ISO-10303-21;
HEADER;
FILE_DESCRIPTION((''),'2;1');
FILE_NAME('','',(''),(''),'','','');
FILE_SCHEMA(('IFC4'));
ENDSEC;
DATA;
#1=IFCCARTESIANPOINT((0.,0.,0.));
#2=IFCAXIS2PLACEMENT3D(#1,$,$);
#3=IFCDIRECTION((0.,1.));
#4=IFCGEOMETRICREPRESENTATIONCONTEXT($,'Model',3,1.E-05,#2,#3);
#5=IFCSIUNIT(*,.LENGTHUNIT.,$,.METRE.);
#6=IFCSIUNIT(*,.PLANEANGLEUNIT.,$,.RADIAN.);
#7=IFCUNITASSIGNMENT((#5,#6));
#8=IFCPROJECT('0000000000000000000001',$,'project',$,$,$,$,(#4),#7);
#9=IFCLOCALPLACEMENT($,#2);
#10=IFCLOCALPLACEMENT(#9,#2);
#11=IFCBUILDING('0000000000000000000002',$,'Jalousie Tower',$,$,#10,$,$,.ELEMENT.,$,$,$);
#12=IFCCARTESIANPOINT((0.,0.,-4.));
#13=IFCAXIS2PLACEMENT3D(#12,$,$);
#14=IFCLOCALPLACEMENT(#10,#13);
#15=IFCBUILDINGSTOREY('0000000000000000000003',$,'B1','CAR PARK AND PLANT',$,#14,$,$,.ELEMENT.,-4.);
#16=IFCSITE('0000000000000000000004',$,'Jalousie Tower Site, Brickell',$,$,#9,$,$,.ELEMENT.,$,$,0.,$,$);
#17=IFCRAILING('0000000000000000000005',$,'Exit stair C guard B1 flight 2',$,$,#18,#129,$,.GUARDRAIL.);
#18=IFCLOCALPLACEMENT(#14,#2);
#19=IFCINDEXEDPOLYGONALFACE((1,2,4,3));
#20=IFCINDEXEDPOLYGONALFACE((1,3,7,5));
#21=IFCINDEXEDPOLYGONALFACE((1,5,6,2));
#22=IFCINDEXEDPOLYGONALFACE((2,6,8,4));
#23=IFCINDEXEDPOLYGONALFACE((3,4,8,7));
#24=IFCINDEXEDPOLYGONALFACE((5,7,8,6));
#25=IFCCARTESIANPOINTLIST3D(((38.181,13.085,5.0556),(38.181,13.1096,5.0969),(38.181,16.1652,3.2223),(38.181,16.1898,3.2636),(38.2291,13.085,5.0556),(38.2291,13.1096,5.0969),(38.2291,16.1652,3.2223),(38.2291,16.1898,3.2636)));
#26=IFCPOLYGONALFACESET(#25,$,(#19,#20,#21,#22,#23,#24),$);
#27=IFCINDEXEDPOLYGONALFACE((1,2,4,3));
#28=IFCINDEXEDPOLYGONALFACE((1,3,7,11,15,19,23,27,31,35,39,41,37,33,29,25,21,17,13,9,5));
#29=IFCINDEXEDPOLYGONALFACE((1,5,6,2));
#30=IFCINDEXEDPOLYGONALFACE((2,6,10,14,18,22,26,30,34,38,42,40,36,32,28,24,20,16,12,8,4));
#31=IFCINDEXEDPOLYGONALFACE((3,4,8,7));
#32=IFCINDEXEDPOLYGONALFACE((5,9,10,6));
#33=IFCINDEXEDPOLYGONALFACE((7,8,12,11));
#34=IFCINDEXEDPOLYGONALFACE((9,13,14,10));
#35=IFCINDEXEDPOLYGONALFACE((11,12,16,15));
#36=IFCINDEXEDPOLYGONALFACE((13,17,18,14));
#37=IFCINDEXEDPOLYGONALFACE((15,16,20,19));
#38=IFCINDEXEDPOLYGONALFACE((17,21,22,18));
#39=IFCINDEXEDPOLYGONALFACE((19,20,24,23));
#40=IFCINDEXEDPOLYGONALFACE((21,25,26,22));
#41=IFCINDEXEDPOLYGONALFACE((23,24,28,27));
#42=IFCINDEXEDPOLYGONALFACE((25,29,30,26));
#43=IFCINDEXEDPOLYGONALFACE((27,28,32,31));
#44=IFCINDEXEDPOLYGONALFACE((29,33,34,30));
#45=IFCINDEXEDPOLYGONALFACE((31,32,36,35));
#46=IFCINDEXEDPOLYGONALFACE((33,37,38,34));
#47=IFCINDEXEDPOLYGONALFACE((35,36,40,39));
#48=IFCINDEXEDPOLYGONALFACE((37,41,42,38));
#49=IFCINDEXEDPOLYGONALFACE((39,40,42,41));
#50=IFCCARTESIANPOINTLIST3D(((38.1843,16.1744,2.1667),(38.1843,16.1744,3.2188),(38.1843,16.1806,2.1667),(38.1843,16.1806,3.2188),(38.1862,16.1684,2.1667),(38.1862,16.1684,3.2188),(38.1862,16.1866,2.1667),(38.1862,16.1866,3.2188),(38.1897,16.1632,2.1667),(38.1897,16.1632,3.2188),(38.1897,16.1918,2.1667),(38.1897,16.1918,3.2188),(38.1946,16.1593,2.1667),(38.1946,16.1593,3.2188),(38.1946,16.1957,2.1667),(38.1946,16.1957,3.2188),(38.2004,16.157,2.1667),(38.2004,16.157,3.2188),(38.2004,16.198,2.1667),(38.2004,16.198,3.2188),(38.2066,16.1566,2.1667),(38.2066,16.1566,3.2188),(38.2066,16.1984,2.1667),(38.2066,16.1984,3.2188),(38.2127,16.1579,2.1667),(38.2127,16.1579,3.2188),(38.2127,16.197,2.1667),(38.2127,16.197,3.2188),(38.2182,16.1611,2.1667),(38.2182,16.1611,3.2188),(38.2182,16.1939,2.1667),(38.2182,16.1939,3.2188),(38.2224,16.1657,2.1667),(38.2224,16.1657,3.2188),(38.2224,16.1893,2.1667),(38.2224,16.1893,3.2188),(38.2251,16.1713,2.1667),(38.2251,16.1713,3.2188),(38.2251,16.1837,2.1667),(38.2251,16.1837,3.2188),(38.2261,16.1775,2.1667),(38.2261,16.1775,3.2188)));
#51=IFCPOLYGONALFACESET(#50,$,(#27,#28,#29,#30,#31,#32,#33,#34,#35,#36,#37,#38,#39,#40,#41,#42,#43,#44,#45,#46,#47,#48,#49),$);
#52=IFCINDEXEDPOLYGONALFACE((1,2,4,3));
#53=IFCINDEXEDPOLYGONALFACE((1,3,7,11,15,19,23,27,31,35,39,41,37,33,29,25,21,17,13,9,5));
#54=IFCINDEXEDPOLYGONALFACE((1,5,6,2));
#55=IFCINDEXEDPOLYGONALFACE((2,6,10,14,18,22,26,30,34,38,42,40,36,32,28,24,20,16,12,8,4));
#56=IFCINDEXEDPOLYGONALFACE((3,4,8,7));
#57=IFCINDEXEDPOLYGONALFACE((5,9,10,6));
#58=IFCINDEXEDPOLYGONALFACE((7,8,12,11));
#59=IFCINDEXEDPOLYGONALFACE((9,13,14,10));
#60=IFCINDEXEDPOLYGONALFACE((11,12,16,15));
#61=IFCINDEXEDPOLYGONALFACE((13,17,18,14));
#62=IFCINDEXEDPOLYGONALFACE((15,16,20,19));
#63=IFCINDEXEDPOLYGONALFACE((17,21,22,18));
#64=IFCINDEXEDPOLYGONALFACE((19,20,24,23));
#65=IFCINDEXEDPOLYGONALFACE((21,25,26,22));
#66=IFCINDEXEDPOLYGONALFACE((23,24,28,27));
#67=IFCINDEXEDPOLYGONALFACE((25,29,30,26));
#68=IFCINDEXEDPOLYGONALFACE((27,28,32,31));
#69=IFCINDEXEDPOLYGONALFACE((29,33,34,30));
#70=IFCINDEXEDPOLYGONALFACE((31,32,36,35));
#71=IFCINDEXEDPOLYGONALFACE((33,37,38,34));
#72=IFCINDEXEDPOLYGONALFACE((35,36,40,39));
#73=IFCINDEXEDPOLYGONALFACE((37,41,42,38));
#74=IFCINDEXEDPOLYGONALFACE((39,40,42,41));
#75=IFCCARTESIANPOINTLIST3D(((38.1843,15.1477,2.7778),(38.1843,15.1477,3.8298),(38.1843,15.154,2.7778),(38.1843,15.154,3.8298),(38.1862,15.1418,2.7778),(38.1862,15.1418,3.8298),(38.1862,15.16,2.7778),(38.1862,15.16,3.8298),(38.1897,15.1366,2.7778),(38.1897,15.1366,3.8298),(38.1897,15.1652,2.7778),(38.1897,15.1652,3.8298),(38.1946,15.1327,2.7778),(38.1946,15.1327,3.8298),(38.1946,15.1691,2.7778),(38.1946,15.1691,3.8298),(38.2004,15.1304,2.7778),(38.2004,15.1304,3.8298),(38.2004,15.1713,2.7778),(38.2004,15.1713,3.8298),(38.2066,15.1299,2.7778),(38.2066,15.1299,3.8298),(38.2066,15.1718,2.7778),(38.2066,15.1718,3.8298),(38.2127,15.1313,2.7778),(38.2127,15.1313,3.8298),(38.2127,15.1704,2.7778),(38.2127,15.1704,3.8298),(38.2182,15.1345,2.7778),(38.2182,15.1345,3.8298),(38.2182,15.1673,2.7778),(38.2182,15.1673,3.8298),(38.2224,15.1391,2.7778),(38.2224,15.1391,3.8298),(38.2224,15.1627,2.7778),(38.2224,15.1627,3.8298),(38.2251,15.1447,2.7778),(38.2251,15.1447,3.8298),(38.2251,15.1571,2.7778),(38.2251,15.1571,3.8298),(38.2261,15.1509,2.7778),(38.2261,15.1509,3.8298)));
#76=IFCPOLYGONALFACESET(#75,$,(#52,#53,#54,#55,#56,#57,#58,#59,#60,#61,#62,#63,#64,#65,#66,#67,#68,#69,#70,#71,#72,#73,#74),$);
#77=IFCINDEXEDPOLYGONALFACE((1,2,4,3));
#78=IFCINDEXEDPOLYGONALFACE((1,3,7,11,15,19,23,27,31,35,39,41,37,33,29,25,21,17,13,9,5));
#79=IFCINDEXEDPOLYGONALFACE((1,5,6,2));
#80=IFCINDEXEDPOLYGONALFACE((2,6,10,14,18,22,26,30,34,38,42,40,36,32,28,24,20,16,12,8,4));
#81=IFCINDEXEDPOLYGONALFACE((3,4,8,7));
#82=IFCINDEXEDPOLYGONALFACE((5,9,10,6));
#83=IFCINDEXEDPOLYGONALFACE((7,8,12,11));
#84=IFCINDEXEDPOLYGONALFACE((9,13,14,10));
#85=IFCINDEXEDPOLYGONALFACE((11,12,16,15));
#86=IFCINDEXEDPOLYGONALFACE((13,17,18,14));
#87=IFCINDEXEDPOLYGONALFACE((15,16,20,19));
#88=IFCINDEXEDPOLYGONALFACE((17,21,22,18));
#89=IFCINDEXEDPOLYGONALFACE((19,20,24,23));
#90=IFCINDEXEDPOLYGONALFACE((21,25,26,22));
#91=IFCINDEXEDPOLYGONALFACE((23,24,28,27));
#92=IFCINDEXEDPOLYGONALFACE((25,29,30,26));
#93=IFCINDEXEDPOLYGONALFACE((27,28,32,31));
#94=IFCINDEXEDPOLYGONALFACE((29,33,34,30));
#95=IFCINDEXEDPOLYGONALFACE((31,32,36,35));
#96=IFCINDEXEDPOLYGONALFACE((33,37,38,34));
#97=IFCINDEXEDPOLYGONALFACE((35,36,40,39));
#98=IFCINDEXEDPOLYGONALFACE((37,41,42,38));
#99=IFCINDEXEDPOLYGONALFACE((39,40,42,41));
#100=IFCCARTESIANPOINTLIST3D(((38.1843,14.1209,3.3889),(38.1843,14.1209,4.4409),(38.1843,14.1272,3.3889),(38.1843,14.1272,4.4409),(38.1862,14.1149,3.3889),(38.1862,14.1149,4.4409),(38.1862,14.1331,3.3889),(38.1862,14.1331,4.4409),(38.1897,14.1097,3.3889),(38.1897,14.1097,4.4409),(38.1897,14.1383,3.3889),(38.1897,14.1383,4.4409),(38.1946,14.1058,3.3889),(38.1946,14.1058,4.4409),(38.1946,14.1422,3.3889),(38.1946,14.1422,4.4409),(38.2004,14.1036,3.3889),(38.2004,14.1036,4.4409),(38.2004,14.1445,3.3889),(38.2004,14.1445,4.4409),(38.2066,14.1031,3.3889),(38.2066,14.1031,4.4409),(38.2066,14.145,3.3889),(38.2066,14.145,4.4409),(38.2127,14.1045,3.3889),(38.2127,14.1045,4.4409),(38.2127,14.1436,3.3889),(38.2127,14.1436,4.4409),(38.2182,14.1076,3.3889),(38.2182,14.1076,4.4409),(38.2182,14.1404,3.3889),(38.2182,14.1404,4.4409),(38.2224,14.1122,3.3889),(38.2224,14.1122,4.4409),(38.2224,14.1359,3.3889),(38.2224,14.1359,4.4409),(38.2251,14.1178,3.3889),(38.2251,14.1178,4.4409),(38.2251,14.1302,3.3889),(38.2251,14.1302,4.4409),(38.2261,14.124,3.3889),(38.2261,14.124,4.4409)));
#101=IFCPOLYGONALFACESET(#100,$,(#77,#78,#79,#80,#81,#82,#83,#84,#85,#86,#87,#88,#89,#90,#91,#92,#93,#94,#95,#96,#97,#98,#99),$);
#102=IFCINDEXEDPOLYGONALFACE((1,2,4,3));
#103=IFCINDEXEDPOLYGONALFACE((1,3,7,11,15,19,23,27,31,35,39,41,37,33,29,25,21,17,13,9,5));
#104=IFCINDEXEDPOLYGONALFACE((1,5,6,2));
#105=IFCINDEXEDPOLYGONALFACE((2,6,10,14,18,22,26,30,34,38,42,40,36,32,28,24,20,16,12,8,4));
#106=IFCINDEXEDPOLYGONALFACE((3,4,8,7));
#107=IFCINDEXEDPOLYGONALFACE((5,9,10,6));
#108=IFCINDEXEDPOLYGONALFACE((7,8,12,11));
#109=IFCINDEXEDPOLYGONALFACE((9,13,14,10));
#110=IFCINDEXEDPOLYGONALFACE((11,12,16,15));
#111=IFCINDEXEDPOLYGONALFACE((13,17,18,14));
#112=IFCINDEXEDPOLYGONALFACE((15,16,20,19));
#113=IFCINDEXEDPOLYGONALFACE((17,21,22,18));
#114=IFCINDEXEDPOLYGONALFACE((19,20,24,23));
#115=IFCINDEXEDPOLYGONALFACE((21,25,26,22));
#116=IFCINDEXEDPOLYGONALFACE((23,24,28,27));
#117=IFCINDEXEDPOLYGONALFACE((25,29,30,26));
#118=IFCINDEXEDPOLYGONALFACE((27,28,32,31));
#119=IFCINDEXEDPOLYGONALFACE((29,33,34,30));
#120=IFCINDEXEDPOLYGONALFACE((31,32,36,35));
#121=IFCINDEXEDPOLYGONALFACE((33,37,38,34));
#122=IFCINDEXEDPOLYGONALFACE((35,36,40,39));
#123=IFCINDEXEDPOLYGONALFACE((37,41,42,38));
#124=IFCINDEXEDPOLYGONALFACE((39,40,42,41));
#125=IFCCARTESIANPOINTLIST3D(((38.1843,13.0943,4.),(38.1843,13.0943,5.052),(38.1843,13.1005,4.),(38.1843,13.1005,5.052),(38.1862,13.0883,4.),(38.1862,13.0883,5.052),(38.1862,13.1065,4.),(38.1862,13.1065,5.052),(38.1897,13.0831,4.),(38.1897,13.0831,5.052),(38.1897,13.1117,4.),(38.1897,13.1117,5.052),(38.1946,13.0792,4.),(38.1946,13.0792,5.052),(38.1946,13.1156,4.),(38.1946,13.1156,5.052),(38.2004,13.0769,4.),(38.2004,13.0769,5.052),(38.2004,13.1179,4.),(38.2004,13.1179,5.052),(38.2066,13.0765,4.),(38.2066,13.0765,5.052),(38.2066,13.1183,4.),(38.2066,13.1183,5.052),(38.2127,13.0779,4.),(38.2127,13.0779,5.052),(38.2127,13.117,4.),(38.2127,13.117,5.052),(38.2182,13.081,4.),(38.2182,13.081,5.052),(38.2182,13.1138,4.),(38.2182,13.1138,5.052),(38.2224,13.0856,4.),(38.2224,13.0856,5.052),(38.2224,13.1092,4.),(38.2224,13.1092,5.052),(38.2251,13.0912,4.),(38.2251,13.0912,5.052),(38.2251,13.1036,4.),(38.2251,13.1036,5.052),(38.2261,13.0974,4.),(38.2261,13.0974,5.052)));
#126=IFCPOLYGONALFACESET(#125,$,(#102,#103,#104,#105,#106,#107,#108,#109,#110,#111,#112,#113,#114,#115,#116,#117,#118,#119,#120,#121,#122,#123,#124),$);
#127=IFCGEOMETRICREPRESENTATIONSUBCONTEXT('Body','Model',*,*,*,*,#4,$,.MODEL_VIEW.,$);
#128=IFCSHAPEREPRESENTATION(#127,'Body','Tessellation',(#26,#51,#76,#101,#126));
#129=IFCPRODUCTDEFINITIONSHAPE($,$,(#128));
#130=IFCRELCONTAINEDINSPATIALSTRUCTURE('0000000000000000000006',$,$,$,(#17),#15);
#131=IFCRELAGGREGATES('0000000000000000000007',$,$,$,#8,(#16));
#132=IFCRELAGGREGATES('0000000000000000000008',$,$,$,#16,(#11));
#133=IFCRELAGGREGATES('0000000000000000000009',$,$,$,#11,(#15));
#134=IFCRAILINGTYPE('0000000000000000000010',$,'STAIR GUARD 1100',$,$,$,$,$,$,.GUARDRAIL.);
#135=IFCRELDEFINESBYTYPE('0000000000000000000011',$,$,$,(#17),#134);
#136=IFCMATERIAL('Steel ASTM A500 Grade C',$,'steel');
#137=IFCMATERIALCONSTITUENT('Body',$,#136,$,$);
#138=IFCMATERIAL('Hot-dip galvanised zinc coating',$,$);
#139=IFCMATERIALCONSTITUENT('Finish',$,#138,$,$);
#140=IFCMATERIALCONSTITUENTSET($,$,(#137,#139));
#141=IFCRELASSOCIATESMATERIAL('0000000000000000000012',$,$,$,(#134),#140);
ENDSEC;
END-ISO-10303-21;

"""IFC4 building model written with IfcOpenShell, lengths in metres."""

from ifc_helpers import new_model, si_unit, direction, frame, origin, origin_2d, place, context, subcontext, project, spatial, rectangle, circle, extrude, material, constituent, constituent_set, type_object, element, save


model = new_model("IFC4")

# Units and contexts
model_context = context("Model", 3, precision=1e-05, world=origin(), true_north=direction((0.0, 1.0)))
body_context = subcontext(model_context, "Body", "Model", "MODEL_VIEW")
ifc_project = project(units=[si_unit("LENGTHUNIT", "METRE"), si_unit("PLANEANGLEUNIT", "RADIAN")], contexts=[model_context])

# Site, building, storey
site_placement = place(None, origin())
site = spatial("IfcSite", under=ifc_project, at=site_placement, Name="Jalousie Tower Site, Brickell", CompositionType="ELEMENT", RefElevation=0.0)
building_placement = place(site_placement, origin())
building = spatial("IfcBuilding", under=site, at=building_placement, Name="Jalousie Tower", CompositionType="ELEMENT")
storey_placement = place(building_placement, frame((0.0, 0.0, -4.0)))
storey = spatial("IfcBuildingStorey", under=building, at=storey_placement, Name="B1", Description="CAR PARK AND PLANT", CompositionType="ELEMENT", Elevation=-4.0)

# Railing
ifc_material_1 = material(Name="Steel ASTM A500 Grade C", Category="steel")
ifc_constituent_1 = constituent(ifc_material_1, Name="Body")
ifc_material_2 = material(Name="Hot-dip galvanised zinc coating")
ifc_constituent_2 = constituent(ifc_material_2, Name="Finish")
ifc_constituent_set_1 = constituent_set(constituents=[ifc_constituent_1, ifc_constituent_2])
railing_type_1 = type_object("IfcRailingType", Name="STAIR GUARD 1100", PredefinedType="GUARDRAIL", material=ifc_constituent_set_1)
for number, where, name in (
    (1, (38.2051, 16.1775, 2.1667), "Exit stair C guard B1 flight 2"),
):
    element("IfcRailing", number, at=place(storey_placement, frame(where)), inside=storey, type_object=railing_type_1, Name=name, PredefinedType="GUARDRAIL", context=body_context, shape_type="SweptSolid", body=[
        extrude(rectangle(XDim=0.0481, YDim=0.0481, at=origin_2d()), frame((0.0, 0.0, 1.0762), z_axis=(0.0, -0.859309, 0.511458), x_axis=(1.0, 0.0, 0.0)), (0.0, 0.0, 1.0), 3.5845),
        extrude(circle(Radius=0.021, at=origin_2d()), origin(), (0.0, 0.0, 1.0), 1.052),
        extrude(circle(Radius=0.021, at=origin_2d()), frame((0.0, -1.0266, 0.6111)), (0.0, 0.0, 1.0), 1.052),
        extrude(circle(Radius=0.021, at=origin_2d()), frame((0.0, -2.0535, 1.2222)), (0.0, 0.0, 1.0), 1.052),
        extrude(circle(Radius=0.021, at=origin_2d()), frame((0.0, -3.0801, 1.8333)), (0.0, 0.0, 1.0), 1.052),
    ])

save(model, "model.ifc")
